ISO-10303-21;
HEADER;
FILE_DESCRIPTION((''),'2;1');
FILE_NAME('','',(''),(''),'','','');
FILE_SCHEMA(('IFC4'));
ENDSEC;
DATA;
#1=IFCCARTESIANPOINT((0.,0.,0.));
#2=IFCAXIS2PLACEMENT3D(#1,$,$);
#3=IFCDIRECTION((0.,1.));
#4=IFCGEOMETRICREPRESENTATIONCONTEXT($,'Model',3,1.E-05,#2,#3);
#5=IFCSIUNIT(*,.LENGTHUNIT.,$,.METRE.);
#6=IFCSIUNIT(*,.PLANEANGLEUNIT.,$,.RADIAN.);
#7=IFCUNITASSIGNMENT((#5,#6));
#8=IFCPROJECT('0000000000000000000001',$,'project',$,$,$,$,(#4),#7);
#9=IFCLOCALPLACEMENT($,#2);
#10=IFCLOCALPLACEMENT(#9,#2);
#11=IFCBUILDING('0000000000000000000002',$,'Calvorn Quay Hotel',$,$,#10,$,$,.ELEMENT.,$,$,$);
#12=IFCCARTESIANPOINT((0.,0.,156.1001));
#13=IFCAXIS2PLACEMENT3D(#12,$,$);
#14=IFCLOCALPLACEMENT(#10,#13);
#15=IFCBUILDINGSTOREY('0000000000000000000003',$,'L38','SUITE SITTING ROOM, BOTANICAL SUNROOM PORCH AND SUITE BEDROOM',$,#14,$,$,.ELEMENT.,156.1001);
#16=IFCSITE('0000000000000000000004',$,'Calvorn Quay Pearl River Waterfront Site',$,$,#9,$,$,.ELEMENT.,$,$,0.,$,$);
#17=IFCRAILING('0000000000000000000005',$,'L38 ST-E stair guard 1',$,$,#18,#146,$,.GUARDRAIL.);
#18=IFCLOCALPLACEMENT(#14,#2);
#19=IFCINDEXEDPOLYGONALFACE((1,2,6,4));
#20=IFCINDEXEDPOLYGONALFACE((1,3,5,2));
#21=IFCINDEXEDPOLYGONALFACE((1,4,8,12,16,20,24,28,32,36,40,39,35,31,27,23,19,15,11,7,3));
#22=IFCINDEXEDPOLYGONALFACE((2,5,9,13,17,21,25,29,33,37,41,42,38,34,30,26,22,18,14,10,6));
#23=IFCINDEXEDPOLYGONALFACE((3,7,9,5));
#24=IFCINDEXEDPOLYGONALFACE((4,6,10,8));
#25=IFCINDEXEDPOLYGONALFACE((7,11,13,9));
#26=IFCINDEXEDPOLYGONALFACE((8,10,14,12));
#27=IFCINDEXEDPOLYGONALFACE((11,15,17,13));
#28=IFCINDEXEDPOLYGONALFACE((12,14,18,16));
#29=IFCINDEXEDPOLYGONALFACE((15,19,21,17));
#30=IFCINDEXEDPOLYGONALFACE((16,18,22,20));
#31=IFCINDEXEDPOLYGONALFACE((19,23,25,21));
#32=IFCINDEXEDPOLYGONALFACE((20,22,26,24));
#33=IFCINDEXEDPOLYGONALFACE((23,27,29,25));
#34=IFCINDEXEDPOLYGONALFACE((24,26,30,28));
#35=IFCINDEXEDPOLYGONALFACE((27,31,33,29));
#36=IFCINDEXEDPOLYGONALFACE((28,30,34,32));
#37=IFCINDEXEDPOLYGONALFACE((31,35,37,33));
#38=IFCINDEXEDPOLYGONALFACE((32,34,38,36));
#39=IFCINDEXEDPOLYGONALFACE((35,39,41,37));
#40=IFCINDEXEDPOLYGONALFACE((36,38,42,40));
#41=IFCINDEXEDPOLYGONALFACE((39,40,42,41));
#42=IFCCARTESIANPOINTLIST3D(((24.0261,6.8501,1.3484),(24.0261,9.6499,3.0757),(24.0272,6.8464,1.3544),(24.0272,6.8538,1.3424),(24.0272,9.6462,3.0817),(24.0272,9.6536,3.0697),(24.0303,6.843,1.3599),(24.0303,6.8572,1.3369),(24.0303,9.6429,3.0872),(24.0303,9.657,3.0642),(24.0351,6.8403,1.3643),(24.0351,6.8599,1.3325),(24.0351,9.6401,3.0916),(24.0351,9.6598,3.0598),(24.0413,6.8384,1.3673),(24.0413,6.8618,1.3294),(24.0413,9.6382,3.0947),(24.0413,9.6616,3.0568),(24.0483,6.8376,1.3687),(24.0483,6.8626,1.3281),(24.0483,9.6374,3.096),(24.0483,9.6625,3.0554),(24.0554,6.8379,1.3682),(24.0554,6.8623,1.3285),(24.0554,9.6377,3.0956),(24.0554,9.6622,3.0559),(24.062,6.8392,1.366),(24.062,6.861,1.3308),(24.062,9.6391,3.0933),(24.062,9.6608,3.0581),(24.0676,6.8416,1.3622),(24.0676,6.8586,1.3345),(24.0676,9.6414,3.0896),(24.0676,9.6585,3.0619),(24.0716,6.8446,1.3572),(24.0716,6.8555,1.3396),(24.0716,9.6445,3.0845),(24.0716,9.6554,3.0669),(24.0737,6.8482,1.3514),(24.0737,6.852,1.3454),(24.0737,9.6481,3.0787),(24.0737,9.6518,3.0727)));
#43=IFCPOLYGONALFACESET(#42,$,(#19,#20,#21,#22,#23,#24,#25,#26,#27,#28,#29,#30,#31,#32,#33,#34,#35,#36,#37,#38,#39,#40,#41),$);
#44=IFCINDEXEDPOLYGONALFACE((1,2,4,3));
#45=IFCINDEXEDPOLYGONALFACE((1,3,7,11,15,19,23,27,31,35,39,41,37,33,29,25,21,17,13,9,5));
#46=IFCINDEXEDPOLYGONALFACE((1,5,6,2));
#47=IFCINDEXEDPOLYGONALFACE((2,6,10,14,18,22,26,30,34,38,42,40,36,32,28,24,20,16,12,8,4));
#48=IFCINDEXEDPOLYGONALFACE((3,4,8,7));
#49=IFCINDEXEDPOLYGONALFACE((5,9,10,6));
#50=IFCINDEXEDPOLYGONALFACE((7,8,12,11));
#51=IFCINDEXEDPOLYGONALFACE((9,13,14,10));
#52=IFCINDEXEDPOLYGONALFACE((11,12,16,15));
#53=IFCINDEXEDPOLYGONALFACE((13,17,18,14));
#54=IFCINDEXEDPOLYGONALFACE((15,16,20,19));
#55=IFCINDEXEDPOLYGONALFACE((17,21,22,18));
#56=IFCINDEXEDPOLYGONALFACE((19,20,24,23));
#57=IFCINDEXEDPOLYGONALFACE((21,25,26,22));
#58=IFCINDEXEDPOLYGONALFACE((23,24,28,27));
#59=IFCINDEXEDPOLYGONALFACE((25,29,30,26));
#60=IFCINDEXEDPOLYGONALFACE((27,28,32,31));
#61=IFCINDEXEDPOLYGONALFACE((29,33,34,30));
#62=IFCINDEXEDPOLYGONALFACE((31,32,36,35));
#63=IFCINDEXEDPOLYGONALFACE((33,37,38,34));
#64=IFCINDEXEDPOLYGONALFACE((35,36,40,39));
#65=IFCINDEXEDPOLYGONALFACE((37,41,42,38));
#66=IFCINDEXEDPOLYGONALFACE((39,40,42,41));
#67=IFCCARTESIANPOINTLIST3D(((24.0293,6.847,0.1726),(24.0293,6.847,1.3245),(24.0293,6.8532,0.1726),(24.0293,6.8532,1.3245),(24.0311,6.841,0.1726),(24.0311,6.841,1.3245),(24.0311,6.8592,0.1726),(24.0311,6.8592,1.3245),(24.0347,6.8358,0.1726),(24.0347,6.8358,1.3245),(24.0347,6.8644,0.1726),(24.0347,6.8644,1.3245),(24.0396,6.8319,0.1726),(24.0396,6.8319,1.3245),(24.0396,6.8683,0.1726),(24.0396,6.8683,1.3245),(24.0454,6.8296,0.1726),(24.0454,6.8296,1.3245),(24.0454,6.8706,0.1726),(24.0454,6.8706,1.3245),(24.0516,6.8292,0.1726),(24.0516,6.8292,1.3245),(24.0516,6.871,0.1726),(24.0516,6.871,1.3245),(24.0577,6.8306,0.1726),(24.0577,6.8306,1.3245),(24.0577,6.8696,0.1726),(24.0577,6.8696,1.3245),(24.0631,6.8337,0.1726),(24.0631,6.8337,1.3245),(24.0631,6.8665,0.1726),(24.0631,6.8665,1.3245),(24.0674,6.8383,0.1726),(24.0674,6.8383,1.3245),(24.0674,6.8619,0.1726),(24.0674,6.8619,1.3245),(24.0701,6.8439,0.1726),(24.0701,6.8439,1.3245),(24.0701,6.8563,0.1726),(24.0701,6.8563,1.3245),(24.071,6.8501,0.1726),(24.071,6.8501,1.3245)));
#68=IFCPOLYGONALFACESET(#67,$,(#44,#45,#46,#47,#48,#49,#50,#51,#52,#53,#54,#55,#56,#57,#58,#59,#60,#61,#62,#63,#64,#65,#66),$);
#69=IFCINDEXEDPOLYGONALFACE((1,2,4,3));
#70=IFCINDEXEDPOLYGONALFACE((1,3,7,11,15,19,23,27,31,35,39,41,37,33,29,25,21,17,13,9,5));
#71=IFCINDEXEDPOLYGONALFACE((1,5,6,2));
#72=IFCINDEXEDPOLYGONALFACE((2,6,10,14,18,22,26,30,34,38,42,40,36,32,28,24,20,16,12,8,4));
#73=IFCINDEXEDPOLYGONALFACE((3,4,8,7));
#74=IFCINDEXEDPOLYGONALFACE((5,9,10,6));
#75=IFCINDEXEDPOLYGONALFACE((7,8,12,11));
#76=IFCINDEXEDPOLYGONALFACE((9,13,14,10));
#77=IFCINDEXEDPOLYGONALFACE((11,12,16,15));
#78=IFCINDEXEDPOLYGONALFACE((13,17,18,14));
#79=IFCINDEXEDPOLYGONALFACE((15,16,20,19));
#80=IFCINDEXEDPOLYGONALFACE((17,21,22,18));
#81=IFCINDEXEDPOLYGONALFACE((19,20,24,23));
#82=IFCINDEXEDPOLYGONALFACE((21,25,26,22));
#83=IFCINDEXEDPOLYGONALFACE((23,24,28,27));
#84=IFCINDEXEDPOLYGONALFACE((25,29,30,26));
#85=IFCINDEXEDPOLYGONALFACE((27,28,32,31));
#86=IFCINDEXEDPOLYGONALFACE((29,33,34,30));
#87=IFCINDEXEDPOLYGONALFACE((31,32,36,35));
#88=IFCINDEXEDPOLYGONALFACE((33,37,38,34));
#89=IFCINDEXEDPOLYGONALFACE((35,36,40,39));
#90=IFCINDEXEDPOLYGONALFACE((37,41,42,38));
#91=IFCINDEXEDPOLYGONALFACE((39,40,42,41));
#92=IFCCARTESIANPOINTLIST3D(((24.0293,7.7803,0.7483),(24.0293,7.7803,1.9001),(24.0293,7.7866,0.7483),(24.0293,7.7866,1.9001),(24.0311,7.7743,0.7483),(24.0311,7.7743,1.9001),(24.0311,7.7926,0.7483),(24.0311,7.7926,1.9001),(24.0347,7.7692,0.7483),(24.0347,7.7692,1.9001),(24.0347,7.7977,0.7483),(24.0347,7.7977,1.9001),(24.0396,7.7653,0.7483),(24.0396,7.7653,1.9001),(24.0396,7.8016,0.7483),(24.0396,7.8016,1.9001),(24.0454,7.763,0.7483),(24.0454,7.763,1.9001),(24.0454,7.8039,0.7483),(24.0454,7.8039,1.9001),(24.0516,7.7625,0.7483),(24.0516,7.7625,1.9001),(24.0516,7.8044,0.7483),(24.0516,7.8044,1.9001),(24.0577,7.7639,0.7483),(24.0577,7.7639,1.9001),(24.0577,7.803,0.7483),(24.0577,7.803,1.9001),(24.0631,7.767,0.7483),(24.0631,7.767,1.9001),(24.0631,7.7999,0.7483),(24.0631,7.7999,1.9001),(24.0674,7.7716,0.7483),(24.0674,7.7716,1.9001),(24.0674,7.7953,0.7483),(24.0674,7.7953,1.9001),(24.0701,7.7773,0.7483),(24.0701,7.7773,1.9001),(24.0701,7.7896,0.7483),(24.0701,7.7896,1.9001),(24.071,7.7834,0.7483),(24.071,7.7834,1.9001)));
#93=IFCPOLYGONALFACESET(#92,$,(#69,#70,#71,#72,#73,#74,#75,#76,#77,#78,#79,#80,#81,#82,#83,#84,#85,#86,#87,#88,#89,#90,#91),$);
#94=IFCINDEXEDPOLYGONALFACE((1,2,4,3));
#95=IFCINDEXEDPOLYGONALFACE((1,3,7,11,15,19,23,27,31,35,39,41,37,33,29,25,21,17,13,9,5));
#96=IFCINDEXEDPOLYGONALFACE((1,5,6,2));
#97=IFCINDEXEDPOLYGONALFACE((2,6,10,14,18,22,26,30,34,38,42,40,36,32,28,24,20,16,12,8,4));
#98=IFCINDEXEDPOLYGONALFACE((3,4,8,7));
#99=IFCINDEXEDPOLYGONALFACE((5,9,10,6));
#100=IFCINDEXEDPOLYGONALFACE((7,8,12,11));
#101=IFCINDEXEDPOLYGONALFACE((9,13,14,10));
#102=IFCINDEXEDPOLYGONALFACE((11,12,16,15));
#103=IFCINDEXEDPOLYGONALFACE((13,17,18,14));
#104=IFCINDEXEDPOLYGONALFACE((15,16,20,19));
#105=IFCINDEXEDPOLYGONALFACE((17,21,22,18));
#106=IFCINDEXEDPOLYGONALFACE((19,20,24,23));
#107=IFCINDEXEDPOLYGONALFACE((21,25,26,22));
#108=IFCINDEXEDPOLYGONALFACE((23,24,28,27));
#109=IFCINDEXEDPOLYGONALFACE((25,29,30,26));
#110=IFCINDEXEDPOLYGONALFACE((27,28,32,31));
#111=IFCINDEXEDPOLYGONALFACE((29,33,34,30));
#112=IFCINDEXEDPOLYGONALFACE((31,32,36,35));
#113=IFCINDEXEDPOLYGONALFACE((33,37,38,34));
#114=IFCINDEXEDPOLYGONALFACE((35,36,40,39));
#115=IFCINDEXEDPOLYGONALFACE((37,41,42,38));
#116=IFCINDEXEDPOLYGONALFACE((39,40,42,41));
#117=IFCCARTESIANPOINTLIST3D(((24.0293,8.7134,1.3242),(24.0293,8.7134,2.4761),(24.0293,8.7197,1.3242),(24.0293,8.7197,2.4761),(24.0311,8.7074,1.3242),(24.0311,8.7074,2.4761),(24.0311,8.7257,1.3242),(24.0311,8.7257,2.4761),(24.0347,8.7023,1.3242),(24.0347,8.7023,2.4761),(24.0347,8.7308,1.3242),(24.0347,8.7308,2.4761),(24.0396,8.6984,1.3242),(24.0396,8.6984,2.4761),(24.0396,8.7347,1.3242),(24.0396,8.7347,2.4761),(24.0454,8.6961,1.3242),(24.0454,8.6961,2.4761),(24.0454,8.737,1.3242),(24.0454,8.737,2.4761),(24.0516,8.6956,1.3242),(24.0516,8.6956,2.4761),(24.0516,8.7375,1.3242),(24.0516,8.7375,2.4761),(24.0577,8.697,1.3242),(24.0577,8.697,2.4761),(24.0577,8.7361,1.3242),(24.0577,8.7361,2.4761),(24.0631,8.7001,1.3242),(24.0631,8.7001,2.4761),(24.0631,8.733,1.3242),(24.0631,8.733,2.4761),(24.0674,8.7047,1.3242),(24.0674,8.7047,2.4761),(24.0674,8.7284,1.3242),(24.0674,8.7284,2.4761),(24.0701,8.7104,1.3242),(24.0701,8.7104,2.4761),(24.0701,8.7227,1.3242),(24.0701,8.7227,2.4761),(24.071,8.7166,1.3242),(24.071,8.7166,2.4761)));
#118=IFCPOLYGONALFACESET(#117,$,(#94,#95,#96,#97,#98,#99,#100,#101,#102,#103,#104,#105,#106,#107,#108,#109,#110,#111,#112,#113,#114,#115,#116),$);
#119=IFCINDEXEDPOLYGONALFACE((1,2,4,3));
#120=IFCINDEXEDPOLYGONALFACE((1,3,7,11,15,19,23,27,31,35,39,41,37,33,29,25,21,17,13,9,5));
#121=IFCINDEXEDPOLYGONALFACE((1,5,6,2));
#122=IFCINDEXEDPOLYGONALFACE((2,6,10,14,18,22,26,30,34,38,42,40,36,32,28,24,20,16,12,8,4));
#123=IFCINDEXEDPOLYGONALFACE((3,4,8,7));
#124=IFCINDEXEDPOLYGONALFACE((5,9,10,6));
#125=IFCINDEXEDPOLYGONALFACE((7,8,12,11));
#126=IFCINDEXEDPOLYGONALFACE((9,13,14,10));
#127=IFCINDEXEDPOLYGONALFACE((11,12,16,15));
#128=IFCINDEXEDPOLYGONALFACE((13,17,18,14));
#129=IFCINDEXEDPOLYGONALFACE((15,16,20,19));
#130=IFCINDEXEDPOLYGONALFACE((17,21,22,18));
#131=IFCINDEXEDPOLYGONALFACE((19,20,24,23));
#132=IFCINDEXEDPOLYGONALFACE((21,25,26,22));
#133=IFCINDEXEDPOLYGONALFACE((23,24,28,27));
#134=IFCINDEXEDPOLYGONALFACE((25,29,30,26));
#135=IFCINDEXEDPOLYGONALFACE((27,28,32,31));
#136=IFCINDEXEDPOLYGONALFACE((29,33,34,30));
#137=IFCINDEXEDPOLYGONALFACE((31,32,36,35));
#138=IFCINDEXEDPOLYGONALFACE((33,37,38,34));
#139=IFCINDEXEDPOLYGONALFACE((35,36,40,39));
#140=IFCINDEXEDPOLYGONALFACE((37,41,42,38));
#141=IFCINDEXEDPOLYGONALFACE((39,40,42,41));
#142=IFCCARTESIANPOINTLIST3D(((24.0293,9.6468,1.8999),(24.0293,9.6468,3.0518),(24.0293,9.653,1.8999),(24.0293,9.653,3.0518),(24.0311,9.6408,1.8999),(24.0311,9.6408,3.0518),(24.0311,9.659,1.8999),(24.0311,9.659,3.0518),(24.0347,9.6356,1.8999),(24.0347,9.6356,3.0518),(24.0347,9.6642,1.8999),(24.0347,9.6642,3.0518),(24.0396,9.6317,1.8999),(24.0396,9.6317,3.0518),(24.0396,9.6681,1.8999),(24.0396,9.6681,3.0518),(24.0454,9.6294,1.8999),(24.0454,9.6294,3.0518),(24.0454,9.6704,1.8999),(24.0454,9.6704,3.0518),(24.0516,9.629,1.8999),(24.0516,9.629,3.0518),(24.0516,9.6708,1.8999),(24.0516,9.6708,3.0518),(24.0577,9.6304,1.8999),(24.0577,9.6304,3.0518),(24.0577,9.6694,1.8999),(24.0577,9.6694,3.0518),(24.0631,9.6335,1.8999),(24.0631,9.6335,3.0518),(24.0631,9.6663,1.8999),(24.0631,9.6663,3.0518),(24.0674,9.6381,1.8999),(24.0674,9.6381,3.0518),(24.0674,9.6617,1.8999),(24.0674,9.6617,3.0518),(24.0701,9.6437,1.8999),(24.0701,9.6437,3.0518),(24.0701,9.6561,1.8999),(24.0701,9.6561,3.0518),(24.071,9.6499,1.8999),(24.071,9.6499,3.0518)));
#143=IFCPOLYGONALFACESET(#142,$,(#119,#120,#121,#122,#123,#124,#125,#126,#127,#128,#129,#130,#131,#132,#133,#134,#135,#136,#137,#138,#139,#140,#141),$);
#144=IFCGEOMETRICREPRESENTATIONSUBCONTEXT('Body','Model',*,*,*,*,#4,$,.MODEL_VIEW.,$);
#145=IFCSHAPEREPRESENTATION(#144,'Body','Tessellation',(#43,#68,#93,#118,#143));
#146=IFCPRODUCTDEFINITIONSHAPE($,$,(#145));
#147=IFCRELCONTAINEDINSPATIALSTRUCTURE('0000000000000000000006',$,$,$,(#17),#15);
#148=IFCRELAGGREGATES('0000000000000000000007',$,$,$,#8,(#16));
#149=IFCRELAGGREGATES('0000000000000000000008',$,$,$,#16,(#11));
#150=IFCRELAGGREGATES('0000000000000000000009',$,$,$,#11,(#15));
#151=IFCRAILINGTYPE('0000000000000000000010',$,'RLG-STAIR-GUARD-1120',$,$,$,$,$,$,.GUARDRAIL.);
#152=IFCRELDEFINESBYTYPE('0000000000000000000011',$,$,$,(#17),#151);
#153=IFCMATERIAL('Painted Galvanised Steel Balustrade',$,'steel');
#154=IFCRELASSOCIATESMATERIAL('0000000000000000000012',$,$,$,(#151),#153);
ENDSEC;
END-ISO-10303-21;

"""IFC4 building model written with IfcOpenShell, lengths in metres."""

from ifc_helpers import new_model, si_unit, direction, frame, origin, origin_2d, place, context, subcontext, project, spatial, circle, extrude, material, type_object, element, save


model = new_model("IFC4")

# Units and contexts
model_context = context("Model", 3, precision=1e-05, world=origin(), true_north=direction((0.0, 1.0)))
body_context = subcontext(model_context, "Body", "Model", "MODEL_VIEW")
ifc_project = project(units=[si_unit("LENGTHUNIT", "METRE"), si_unit("PLANEANGLEUNIT", "RADIAN")], contexts=[model_context])

# Site, building, storey
site_placement = place(None, origin())
site = spatial("IfcSite", under=ifc_project, at=site_placement, Name="Calvorn Quay Pearl River Waterfront Site", CompositionType="ELEMENT", RefElevation=0.0)
building_placement = place(site_placement, origin())
building = spatial("IfcBuilding", under=site, at=building_placement, Name="Calvorn Quay Hotel", CompositionType="ELEMENT")
storey_placement = place(building_placement, frame((0.0, 0.0, 156.1001)))
storey = spatial("IfcBuildingStorey", under=building, at=storey_placement, Name="L38", Description="SUITE SITTING ROOM, BOTANICAL SUNROOM PORCH AND SUITE BEDROOM", CompositionType="ELEMENT", Elevation=156.1001)

# Railing
ifc_material_1 = material(Name="Painted Galvanised Steel Balustrade", Category="steel")
railing_type_1 = type_object("IfcRailingType", Name="RLG-STAIR-GUARD-1120", PredefinedType="GUARDRAIL", material=ifc_material_1)
railing_1_placement = place(storey_placement, frame((24.05, 6.8501, 0.1726)))
element("IfcRailing", 1, at=railing_1_placement, inside=storey, type_object=railing_type_1, Name="L38 ST-E stair guard 1", PredefinedType="GUARDRAIL", context=body_context, shape_type="SweptSolid", body=[
    extrude(circle(Radius=0.0239, at=origin_2d()), frame((0.0, 0.0, 1.1758), z_axis=(0.0, 0.851069, 0.525054), x_axis=(-1.0, 0.0, 0.0)), (0.0, 0.0, 1.0), 3.2898),
    extrude(circle(Radius=0.021, at=origin_2d()), origin(), (0.0, 0.0, 1.0), 1.1519),
    extrude(circle(Radius=0.021, at=origin_2d()), frame((0.0, 0.9333, 0.5757)), (0.0, 0.0, 1.0), 1.1519),
    extrude(circle(Radius=0.021, at=origin_2d()), frame((0.0, 1.8665, 1.1516)), (0.0, 0.0, 1.0), 1.1519),
    extrude(circle(Radius=0.021, at=origin_2d()), frame((0.0, 2.7998, 1.7273)), (0.0, 0.0, 1.0), 1.1519),
])

save(model, "model.ifc")
